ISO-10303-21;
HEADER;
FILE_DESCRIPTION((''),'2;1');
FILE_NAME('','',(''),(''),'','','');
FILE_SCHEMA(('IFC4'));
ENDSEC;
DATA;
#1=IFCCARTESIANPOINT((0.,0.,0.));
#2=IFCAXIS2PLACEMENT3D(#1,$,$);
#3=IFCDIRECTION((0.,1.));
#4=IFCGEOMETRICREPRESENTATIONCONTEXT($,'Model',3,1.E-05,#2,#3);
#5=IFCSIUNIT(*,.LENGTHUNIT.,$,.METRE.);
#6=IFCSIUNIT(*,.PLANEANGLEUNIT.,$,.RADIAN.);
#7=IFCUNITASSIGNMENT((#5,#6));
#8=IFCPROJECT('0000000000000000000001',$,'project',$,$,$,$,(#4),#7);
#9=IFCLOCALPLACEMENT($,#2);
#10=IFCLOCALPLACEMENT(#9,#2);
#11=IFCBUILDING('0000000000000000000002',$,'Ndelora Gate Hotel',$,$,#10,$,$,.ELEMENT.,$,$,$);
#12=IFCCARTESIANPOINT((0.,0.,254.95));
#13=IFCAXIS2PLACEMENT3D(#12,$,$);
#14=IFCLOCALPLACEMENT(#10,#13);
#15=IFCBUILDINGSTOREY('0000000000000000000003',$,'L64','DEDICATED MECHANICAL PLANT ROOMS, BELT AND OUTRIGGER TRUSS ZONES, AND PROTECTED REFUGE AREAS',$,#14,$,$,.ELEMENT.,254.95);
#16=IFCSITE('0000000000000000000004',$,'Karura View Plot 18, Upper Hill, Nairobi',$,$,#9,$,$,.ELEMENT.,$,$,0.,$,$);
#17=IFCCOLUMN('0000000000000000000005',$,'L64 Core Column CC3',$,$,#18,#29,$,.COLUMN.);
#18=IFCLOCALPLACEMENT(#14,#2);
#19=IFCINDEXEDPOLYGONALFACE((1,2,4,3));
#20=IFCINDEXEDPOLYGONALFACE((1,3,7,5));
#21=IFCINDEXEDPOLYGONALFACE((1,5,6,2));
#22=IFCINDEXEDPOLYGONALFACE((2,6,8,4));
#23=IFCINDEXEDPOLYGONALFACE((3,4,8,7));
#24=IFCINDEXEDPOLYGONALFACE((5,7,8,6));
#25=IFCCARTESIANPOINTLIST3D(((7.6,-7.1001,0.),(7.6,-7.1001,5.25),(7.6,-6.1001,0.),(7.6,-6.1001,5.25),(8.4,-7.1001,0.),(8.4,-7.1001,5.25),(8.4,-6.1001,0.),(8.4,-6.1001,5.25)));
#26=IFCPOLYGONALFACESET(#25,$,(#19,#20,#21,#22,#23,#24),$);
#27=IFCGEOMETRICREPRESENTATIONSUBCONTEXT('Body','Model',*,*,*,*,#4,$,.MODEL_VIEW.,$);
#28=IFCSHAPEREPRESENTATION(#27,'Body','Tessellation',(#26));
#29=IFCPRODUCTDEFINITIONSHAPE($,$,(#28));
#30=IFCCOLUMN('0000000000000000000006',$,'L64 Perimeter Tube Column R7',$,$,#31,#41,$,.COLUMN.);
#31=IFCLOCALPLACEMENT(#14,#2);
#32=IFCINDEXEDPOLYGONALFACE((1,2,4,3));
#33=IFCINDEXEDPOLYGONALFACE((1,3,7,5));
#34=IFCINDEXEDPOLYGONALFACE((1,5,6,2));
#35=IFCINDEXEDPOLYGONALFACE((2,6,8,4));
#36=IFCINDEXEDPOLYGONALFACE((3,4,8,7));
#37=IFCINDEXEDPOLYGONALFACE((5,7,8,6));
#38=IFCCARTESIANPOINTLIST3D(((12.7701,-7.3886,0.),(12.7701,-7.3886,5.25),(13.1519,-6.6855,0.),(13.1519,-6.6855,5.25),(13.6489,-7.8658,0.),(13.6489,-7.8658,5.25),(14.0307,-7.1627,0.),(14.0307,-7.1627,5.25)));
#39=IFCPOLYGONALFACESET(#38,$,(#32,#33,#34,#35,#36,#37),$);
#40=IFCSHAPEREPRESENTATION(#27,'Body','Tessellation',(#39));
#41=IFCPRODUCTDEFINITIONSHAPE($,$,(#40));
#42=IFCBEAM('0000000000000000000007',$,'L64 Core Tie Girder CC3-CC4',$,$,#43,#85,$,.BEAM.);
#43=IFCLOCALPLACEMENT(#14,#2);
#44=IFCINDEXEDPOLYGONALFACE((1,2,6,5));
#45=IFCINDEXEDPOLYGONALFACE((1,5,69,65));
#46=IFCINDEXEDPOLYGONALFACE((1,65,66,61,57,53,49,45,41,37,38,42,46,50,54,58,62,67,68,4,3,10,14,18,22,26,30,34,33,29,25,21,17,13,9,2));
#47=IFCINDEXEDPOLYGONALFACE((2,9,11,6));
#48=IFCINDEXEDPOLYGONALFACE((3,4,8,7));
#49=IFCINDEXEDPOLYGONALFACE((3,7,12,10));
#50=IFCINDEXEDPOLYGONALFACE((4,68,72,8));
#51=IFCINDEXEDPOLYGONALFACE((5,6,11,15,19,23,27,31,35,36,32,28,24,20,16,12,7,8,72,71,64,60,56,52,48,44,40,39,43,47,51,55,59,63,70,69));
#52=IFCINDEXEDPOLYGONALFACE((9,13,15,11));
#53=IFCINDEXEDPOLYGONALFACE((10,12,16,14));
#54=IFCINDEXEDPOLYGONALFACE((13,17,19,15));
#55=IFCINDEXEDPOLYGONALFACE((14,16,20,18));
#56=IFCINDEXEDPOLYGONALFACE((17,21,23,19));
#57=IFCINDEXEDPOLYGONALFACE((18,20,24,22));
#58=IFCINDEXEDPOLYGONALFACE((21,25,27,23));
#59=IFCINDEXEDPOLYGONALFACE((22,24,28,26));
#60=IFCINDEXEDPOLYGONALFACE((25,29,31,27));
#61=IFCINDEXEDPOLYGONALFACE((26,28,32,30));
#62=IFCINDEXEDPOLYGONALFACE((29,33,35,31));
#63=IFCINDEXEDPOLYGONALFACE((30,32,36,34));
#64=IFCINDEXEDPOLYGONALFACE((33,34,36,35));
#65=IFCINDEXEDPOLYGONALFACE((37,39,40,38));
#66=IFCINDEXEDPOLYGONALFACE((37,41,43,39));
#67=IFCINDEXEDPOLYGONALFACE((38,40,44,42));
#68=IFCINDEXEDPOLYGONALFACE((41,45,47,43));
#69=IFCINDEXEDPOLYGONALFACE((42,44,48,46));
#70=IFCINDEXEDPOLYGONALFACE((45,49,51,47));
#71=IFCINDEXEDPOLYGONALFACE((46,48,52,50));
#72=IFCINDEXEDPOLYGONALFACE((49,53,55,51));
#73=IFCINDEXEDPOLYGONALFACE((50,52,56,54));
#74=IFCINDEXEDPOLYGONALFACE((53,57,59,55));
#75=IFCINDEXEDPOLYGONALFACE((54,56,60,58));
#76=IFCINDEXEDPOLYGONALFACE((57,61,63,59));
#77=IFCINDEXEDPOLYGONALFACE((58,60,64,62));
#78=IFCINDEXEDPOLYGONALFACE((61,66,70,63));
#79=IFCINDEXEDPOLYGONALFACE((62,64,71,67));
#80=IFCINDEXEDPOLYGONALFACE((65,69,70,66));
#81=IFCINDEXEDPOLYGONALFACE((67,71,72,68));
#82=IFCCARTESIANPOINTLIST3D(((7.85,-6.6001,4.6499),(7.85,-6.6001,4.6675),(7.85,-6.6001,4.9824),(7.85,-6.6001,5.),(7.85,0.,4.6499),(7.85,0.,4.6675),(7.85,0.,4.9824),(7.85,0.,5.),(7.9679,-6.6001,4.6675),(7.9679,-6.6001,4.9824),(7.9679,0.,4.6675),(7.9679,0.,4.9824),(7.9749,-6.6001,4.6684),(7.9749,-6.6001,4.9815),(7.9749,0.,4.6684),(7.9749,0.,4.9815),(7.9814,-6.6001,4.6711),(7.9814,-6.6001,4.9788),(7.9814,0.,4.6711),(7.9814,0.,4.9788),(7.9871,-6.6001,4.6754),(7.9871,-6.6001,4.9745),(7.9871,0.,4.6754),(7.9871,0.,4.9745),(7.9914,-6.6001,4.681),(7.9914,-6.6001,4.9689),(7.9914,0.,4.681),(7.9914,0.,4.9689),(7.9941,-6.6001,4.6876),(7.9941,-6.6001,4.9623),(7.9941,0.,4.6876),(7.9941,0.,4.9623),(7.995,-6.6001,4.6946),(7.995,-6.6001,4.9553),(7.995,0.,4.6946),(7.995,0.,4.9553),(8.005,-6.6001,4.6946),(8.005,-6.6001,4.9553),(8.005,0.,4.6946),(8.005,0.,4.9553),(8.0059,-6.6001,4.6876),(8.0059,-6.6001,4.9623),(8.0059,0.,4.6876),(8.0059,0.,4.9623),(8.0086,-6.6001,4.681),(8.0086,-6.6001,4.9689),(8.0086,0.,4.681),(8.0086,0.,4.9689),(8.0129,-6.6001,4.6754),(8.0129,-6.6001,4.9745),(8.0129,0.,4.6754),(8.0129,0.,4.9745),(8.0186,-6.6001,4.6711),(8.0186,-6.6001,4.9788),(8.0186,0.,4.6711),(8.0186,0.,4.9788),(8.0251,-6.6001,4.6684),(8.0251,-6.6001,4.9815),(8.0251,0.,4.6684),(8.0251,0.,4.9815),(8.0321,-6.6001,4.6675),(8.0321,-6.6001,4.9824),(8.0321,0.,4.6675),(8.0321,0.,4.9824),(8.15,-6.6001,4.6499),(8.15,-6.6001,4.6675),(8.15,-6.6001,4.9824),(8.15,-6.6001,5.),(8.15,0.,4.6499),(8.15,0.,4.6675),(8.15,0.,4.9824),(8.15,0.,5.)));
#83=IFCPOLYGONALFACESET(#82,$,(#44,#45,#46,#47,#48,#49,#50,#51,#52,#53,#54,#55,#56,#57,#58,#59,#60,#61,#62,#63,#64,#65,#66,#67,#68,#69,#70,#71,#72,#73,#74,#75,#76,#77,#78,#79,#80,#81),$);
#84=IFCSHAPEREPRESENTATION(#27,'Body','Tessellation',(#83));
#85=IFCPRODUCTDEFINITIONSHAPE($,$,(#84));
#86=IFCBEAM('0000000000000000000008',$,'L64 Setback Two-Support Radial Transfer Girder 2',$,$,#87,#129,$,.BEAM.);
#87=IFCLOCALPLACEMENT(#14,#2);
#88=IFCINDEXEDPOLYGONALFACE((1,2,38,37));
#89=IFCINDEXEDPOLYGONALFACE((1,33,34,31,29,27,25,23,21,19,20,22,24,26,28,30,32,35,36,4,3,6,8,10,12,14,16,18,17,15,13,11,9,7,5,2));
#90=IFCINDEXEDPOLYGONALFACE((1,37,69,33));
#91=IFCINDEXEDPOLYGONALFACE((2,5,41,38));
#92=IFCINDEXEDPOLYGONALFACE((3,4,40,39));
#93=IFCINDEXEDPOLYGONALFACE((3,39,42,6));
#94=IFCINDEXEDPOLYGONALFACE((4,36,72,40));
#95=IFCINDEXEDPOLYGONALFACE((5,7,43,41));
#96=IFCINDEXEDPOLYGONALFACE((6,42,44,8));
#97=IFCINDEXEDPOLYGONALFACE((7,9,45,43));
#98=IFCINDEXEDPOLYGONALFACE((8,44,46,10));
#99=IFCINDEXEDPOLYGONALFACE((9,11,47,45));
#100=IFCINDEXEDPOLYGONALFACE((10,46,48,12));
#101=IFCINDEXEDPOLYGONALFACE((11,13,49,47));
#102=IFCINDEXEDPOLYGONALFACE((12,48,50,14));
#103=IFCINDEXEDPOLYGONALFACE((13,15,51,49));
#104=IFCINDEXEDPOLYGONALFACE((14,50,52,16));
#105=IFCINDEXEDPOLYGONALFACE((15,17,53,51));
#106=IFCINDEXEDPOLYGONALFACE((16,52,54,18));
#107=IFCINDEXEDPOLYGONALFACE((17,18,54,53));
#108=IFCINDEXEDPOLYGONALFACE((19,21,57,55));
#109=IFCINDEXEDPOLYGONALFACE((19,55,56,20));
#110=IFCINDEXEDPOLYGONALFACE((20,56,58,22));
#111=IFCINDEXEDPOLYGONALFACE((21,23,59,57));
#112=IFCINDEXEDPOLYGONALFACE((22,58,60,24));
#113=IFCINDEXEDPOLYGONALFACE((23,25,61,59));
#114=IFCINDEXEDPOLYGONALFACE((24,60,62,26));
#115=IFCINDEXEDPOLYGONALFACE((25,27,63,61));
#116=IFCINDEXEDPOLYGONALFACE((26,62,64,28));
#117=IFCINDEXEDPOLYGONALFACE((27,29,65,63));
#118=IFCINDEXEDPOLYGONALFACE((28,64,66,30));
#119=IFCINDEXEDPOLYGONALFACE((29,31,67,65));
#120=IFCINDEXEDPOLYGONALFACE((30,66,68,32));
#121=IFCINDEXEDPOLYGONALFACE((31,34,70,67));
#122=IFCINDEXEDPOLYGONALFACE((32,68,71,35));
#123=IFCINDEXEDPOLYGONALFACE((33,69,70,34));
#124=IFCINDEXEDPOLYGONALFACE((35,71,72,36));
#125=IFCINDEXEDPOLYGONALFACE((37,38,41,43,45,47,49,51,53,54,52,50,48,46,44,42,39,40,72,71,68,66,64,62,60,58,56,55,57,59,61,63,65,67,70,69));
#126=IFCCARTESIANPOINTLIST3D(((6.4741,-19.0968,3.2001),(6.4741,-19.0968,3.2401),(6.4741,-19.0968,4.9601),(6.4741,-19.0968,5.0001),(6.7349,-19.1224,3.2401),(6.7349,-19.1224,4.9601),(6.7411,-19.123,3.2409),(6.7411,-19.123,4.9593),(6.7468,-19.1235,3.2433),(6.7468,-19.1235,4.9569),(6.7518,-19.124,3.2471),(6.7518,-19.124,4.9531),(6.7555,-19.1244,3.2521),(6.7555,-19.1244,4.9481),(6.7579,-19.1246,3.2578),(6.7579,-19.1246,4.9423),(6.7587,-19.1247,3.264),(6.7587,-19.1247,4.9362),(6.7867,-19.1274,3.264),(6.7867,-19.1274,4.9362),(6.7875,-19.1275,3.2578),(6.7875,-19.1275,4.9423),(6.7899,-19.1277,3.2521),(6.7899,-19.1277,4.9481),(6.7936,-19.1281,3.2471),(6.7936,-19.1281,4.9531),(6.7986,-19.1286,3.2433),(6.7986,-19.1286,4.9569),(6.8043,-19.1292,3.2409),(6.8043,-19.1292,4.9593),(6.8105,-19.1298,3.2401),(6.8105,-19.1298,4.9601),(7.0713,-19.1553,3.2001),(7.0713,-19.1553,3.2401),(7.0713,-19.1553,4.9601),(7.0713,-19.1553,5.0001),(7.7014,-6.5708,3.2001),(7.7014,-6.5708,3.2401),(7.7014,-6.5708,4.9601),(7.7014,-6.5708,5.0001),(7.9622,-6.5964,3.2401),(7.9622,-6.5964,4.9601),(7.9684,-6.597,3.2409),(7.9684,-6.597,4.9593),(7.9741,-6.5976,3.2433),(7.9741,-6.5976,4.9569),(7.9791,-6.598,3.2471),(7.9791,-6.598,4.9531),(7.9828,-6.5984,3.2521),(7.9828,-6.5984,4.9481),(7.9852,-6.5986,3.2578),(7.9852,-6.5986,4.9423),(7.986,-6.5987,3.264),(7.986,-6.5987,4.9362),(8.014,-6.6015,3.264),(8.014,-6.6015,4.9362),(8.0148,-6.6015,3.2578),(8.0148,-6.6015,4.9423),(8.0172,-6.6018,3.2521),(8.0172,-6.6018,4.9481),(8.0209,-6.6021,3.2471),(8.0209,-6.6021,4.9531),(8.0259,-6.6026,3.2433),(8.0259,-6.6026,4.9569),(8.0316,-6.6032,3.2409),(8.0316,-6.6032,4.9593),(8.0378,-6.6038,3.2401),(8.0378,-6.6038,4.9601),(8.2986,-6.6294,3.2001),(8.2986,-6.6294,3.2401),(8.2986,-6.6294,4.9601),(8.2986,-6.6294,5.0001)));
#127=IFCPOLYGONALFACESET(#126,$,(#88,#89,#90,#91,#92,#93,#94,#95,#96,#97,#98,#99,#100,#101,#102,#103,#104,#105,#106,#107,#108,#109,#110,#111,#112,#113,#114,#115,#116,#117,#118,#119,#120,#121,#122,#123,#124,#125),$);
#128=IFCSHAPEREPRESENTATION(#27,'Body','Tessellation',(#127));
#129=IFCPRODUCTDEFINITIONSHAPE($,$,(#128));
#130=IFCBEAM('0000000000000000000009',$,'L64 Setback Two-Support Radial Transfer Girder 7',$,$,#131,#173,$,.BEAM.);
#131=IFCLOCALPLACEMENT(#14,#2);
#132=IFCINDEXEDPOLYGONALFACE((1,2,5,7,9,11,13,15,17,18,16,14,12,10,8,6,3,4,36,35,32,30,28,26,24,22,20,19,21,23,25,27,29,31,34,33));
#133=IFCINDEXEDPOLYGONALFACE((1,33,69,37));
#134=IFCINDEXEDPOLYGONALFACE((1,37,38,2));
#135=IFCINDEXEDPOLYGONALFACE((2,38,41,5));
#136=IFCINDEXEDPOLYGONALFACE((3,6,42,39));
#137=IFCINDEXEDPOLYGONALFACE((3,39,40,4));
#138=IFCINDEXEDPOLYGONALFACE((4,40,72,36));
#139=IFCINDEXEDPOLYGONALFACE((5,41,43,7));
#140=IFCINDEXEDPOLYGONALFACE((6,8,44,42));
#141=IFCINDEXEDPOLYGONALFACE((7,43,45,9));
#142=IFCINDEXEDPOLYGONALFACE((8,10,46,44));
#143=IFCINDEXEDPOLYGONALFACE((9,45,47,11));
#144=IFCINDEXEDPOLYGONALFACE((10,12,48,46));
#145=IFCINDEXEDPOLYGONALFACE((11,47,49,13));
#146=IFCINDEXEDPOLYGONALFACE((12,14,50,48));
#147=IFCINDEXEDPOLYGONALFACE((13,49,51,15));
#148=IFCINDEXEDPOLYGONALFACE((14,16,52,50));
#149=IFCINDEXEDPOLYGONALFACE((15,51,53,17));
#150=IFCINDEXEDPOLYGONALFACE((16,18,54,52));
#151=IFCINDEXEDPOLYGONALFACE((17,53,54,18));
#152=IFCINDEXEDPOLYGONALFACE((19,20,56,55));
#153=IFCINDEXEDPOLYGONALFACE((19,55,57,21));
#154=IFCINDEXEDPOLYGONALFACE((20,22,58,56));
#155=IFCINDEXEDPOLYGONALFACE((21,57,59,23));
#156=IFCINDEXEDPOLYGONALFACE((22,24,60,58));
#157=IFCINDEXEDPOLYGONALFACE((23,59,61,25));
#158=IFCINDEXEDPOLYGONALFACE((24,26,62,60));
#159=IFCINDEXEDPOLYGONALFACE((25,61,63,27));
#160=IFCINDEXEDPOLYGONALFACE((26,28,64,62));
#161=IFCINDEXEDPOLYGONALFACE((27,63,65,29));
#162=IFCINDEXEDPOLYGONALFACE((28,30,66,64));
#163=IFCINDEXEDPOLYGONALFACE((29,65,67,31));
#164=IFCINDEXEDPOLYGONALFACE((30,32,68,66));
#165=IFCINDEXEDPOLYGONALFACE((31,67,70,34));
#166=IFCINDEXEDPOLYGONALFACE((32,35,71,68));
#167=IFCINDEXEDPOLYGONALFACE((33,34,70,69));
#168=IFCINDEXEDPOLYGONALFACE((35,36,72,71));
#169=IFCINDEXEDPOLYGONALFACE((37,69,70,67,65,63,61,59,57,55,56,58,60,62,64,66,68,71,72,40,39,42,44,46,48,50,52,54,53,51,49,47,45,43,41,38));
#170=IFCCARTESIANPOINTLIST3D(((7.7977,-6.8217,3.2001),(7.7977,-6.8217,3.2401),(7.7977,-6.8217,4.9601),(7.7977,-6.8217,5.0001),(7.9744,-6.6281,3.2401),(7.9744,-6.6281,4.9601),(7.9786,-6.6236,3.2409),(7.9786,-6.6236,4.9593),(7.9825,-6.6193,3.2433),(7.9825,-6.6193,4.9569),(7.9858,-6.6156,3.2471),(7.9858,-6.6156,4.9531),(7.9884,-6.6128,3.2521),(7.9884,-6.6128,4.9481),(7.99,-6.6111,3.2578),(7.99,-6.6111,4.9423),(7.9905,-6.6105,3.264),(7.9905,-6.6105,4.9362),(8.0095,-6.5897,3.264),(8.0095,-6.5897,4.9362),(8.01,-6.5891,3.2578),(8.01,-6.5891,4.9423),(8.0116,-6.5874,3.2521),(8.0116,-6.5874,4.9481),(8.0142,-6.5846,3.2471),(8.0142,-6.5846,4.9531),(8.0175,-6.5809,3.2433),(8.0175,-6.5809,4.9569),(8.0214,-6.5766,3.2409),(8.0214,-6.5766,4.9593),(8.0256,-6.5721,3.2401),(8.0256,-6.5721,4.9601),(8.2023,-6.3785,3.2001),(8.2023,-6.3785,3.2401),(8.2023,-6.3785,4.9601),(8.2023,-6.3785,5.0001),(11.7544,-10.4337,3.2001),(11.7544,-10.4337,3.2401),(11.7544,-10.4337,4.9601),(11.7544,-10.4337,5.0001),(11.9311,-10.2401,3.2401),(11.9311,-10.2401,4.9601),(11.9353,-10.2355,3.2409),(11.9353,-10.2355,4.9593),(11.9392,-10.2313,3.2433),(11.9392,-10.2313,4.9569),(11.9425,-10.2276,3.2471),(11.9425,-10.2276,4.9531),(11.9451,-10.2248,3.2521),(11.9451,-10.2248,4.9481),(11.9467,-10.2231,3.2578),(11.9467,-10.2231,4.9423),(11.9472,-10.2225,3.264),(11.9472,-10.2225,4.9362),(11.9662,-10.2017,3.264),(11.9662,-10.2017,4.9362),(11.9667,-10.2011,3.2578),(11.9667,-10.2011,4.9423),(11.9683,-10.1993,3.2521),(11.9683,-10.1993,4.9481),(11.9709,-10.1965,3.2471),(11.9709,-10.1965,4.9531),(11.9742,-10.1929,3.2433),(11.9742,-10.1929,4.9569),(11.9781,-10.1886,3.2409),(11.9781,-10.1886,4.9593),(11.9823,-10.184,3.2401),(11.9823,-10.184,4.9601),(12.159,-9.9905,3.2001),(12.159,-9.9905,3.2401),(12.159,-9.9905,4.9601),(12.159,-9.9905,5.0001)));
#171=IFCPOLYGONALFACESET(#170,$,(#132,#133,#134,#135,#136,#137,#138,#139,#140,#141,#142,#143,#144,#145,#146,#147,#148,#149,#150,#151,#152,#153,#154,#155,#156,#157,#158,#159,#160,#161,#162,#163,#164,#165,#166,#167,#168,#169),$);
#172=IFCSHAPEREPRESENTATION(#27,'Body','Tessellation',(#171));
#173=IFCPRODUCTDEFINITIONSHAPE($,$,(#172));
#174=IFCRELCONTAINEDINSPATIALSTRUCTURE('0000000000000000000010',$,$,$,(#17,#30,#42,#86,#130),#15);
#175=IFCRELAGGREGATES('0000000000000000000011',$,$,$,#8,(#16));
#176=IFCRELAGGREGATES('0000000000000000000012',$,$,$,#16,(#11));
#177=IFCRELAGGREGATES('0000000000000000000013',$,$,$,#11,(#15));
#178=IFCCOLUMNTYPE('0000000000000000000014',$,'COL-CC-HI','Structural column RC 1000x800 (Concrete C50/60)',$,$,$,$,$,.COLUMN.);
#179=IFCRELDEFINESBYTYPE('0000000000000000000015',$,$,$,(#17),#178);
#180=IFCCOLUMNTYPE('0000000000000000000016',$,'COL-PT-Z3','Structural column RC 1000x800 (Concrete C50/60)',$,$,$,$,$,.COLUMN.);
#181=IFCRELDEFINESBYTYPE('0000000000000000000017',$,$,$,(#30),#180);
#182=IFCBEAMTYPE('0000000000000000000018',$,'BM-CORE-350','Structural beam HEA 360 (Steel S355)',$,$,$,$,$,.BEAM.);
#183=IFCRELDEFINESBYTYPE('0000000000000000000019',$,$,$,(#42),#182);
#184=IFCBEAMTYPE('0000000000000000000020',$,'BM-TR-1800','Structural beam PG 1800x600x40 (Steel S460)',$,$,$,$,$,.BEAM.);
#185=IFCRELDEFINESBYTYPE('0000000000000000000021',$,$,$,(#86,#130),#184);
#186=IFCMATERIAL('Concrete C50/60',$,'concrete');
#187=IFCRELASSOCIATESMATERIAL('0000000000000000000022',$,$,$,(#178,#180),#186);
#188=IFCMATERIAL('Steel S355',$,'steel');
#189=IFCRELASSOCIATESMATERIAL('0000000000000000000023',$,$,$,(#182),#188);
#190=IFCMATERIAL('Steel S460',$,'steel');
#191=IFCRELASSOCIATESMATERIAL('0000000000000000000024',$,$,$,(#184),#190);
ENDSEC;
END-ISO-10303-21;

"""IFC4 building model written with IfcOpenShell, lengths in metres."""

from ifc_helpers import new_model, si_unit, direction, frame, origin, origin_2d, place, context, subcontext, project, spatial, rectangle, i_section, extrude, material, material_profile, profile_set, type_object, element, save


model = new_model("IFC4")

# Units and contexts
model_context = context("Model", 3, precision=1e-05, world=origin(), true_north=direction((0.0, 1.0)))
body_context = subcontext(model_context, "Body", "Model", "MODEL_VIEW")
ifc_project = project(units=[si_unit("LENGTHUNIT", "METRE"), si_unit("PLANEANGLEUNIT", "RADIAN")], contexts=[model_context])

# Site, building, storey
site_placement = place(None, origin())
site = spatial("IfcSite", under=ifc_project, at=site_placement, Name="Karura View Plot 18, Upper Hill, Nairobi", CompositionType="ELEMENT", RefElevation=0.0)
building_placement = place(site_placement, origin())
building = spatial("IfcBuilding", under=site, at=building_placement, Name="Ndelora Gate Hotel", CompositionType="ELEMENT")
storey_placement = place(building_placement, frame((0.0, 0.0, 254.95)))
storey = spatial("IfcBuildingStorey", under=building, at=storey_placement, Name="L64", Description="DEDICATED MECHANICAL PLANT ROOMS, BELT AND OUTRIGGER TRUSS ZONES, AND PROTECTED REFUGE AREAS", CompositionType="ELEMENT", Elevation=254.95)

# Columns
ifc_material_1 = material(Name="Concrete C50/60", Category="concrete")
ifc_material_profile_1 = material_profile(ifc_material_1, rectangle(XDim=0.8, YDim=1.0, at=origin_2d()), Name="RC 1000x800")
ifc_profile_set_1 = profile_set([ifc_material_profile_1], Name="Concrete C50/60")
column_type_1 = type_object("IfcColumnType", Name="COL-CC-HI", Description="Structural column RC 1000x800 (Concrete C50/60)", PredefinedType="COLUMN", material=ifc_profile_set_1)
column_1_placement = place(storey_placement, frame((8.0, -6.6001, 0.0), z_axis=(0.0, 0.0, 1.0), x_axis=(1.0, 0.0, 0.0)))
element("IfcColumn", 1, at=column_1_placement, inside=storey, type_object=column_type_1, Name="L64 Core Column CC3", PredefinedType="COLUMN", context=body_context, shape_type="SweptSolid", body=[
    extrude(rectangle(XDim=0.8, YDim=1.0, at=origin_2d()), origin(), (0.0, 0.0, 1.0), 5.25),
])
ifc_material_profile_2 = material_profile(ifc_material_1, rectangle(XDim=0.8, YDim=1.0, at=origin_2d()), Name="RC 1000x800")
ifc_profile_set_2 = profile_set([ifc_material_profile_2], Name="Concrete C50/60")
column_type_2 = type_object("IfcColumnType", Name="COL-PT-Z3", Description="Structural column RC 1000x800 (Concrete C50/60)", PredefinedType="COLUMN", material=ifc_profile_set_2)
column_2_placement = place(storey_placement, frame((13.4004, -7.2756, 0.0), z_axis=(0.0, 0.0, 1.0), x_axis=(0.477159, 0.878817, 0.0)))
element("IfcColumn", 2, at=column_2_placement, inside=storey, type_object=column_type_2, Name="L64 Perimeter Tube Column R7", PredefinedType="COLUMN", context=body_context, shape_type="SweptSolid", body=[
    extrude(rectangle(XDim=0.8, YDim=1.0, at=origin_2d()), origin(), (0.0, 0.0, 1.0), 5.25),
])

# Beams
ifc_material_2 = material(Name="Steel S355", Category="steel")
ifc_material_profile_3 = material_profile(ifc_material_2, i_section(OverallWidth=0.3, OverallDepth=0.3501, WebThickness=0.01, FlangeThickness=0.0176, FilletRadius=0.0271, at=origin_2d()), Name="HEA 360")
ifc_profile_set_3 = profile_set([ifc_material_profile_3], Name="Steel S355")
beam_type_1 = type_object("IfcBeamType", Name="BM-CORE-350", Description="Structural beam HEA 360 (Steel S355)", PredefinedType="BEAM", material=ifc_profile_set_3)
beam_1_placement = place(storey_placement, frame((8.0, -6.6001, 4.825), z_axis=(0.0, 1.0, 0.0), x_axis=(-1.0, 0.0, 0.0)))
element("IfcBeam", 3, at=beam_1_placement, inside=storey, type_object=beam_type_1, Name="L64 Core Tie Girder CC3-CC4", PredefinedType="BEAM", context=body_context, shape_type="SweptSolid", body=[
    extrude(i_section(OverallWidth=0.3, OverallDepth=0.3501, WebThickness=0.01, FlangeThickness=0.0176, FilletRadius=0.0271, at=origin_2d()), origin(), (0.0, 0.0, 1.0), 6.6001),
])
ifc_material_3 = material(Name="Steel S460", Category="steel")
ifc_material_profile_4 = material_profile(ifc_material_3, i_section(OverallWidth=0.6001, OverallDepth=1.8, WebThickness=0.0281, FlangeThickness=0.04, FilletRadius=0.0239, at=origin_2d()), Name="PG 1800x600x40")
ifc_profile_set_4 = profile_set([ifc_material_profile_4], Name="Steel S460")
beam_type_2 = type_object("IfcBeamType", Name="BM-TR-1800", Description="Structural beam PG 1800x600x40 (Steel S460)", PredefinedType="BEAM", material=ifc_profile_set_4)
beam_2_placement = place(storey_placement, frame((8.0, -6.6001, 4.1001), z_axis=(-0.097514, -0.995234, 0.0), x_axis=(0.995234, -0.097514, 0.0)))
element("IfcBeam", 4, at=beam_2_placement, inside=storey, type_object=beam_type_2, Name="L64 Setback Two-Support Radial Transfer Girder 2", PredefinedType="BEAM", context=body_context, shape_type="SweptSolid", body=[
    extrude(i_section(OverallWidth=0.6001, OverallDepth=1.8, WebThickness=0.0281, FlangeThickness=0.04, FilletRadius=0.0239, at=origin_2d()), origin(), (0.0, 0.0, 1.0), 12.5859),
])
beam_3_placement = place(storey_placement, frame((8.0, -6.6001, 4.1001), z_axis=(0.738547, -0.674202, 0.0), x_axis=(0.674202, 0.738547, 0.0)))
element("IfcBeam", 5, at=beam_3_placement, inside=storey, type_object=beam_type_2, Name="L64 Setback Two-Support Radial Transfer Girder 7", PredefinedType="BEAM", context=body_context, shape_type="SweptSolid", body=[
    extrude(i_section(OverallWidth=0.6001, OverallDepth=1.8, WebThickness=0.0281, FlangeThickness=0.04, FilletRadius=0.0239, at=origin_2d()), origin(), (0.0, 0.0, 1.0), 5.3574),
])

save(model, "model.ifc")
